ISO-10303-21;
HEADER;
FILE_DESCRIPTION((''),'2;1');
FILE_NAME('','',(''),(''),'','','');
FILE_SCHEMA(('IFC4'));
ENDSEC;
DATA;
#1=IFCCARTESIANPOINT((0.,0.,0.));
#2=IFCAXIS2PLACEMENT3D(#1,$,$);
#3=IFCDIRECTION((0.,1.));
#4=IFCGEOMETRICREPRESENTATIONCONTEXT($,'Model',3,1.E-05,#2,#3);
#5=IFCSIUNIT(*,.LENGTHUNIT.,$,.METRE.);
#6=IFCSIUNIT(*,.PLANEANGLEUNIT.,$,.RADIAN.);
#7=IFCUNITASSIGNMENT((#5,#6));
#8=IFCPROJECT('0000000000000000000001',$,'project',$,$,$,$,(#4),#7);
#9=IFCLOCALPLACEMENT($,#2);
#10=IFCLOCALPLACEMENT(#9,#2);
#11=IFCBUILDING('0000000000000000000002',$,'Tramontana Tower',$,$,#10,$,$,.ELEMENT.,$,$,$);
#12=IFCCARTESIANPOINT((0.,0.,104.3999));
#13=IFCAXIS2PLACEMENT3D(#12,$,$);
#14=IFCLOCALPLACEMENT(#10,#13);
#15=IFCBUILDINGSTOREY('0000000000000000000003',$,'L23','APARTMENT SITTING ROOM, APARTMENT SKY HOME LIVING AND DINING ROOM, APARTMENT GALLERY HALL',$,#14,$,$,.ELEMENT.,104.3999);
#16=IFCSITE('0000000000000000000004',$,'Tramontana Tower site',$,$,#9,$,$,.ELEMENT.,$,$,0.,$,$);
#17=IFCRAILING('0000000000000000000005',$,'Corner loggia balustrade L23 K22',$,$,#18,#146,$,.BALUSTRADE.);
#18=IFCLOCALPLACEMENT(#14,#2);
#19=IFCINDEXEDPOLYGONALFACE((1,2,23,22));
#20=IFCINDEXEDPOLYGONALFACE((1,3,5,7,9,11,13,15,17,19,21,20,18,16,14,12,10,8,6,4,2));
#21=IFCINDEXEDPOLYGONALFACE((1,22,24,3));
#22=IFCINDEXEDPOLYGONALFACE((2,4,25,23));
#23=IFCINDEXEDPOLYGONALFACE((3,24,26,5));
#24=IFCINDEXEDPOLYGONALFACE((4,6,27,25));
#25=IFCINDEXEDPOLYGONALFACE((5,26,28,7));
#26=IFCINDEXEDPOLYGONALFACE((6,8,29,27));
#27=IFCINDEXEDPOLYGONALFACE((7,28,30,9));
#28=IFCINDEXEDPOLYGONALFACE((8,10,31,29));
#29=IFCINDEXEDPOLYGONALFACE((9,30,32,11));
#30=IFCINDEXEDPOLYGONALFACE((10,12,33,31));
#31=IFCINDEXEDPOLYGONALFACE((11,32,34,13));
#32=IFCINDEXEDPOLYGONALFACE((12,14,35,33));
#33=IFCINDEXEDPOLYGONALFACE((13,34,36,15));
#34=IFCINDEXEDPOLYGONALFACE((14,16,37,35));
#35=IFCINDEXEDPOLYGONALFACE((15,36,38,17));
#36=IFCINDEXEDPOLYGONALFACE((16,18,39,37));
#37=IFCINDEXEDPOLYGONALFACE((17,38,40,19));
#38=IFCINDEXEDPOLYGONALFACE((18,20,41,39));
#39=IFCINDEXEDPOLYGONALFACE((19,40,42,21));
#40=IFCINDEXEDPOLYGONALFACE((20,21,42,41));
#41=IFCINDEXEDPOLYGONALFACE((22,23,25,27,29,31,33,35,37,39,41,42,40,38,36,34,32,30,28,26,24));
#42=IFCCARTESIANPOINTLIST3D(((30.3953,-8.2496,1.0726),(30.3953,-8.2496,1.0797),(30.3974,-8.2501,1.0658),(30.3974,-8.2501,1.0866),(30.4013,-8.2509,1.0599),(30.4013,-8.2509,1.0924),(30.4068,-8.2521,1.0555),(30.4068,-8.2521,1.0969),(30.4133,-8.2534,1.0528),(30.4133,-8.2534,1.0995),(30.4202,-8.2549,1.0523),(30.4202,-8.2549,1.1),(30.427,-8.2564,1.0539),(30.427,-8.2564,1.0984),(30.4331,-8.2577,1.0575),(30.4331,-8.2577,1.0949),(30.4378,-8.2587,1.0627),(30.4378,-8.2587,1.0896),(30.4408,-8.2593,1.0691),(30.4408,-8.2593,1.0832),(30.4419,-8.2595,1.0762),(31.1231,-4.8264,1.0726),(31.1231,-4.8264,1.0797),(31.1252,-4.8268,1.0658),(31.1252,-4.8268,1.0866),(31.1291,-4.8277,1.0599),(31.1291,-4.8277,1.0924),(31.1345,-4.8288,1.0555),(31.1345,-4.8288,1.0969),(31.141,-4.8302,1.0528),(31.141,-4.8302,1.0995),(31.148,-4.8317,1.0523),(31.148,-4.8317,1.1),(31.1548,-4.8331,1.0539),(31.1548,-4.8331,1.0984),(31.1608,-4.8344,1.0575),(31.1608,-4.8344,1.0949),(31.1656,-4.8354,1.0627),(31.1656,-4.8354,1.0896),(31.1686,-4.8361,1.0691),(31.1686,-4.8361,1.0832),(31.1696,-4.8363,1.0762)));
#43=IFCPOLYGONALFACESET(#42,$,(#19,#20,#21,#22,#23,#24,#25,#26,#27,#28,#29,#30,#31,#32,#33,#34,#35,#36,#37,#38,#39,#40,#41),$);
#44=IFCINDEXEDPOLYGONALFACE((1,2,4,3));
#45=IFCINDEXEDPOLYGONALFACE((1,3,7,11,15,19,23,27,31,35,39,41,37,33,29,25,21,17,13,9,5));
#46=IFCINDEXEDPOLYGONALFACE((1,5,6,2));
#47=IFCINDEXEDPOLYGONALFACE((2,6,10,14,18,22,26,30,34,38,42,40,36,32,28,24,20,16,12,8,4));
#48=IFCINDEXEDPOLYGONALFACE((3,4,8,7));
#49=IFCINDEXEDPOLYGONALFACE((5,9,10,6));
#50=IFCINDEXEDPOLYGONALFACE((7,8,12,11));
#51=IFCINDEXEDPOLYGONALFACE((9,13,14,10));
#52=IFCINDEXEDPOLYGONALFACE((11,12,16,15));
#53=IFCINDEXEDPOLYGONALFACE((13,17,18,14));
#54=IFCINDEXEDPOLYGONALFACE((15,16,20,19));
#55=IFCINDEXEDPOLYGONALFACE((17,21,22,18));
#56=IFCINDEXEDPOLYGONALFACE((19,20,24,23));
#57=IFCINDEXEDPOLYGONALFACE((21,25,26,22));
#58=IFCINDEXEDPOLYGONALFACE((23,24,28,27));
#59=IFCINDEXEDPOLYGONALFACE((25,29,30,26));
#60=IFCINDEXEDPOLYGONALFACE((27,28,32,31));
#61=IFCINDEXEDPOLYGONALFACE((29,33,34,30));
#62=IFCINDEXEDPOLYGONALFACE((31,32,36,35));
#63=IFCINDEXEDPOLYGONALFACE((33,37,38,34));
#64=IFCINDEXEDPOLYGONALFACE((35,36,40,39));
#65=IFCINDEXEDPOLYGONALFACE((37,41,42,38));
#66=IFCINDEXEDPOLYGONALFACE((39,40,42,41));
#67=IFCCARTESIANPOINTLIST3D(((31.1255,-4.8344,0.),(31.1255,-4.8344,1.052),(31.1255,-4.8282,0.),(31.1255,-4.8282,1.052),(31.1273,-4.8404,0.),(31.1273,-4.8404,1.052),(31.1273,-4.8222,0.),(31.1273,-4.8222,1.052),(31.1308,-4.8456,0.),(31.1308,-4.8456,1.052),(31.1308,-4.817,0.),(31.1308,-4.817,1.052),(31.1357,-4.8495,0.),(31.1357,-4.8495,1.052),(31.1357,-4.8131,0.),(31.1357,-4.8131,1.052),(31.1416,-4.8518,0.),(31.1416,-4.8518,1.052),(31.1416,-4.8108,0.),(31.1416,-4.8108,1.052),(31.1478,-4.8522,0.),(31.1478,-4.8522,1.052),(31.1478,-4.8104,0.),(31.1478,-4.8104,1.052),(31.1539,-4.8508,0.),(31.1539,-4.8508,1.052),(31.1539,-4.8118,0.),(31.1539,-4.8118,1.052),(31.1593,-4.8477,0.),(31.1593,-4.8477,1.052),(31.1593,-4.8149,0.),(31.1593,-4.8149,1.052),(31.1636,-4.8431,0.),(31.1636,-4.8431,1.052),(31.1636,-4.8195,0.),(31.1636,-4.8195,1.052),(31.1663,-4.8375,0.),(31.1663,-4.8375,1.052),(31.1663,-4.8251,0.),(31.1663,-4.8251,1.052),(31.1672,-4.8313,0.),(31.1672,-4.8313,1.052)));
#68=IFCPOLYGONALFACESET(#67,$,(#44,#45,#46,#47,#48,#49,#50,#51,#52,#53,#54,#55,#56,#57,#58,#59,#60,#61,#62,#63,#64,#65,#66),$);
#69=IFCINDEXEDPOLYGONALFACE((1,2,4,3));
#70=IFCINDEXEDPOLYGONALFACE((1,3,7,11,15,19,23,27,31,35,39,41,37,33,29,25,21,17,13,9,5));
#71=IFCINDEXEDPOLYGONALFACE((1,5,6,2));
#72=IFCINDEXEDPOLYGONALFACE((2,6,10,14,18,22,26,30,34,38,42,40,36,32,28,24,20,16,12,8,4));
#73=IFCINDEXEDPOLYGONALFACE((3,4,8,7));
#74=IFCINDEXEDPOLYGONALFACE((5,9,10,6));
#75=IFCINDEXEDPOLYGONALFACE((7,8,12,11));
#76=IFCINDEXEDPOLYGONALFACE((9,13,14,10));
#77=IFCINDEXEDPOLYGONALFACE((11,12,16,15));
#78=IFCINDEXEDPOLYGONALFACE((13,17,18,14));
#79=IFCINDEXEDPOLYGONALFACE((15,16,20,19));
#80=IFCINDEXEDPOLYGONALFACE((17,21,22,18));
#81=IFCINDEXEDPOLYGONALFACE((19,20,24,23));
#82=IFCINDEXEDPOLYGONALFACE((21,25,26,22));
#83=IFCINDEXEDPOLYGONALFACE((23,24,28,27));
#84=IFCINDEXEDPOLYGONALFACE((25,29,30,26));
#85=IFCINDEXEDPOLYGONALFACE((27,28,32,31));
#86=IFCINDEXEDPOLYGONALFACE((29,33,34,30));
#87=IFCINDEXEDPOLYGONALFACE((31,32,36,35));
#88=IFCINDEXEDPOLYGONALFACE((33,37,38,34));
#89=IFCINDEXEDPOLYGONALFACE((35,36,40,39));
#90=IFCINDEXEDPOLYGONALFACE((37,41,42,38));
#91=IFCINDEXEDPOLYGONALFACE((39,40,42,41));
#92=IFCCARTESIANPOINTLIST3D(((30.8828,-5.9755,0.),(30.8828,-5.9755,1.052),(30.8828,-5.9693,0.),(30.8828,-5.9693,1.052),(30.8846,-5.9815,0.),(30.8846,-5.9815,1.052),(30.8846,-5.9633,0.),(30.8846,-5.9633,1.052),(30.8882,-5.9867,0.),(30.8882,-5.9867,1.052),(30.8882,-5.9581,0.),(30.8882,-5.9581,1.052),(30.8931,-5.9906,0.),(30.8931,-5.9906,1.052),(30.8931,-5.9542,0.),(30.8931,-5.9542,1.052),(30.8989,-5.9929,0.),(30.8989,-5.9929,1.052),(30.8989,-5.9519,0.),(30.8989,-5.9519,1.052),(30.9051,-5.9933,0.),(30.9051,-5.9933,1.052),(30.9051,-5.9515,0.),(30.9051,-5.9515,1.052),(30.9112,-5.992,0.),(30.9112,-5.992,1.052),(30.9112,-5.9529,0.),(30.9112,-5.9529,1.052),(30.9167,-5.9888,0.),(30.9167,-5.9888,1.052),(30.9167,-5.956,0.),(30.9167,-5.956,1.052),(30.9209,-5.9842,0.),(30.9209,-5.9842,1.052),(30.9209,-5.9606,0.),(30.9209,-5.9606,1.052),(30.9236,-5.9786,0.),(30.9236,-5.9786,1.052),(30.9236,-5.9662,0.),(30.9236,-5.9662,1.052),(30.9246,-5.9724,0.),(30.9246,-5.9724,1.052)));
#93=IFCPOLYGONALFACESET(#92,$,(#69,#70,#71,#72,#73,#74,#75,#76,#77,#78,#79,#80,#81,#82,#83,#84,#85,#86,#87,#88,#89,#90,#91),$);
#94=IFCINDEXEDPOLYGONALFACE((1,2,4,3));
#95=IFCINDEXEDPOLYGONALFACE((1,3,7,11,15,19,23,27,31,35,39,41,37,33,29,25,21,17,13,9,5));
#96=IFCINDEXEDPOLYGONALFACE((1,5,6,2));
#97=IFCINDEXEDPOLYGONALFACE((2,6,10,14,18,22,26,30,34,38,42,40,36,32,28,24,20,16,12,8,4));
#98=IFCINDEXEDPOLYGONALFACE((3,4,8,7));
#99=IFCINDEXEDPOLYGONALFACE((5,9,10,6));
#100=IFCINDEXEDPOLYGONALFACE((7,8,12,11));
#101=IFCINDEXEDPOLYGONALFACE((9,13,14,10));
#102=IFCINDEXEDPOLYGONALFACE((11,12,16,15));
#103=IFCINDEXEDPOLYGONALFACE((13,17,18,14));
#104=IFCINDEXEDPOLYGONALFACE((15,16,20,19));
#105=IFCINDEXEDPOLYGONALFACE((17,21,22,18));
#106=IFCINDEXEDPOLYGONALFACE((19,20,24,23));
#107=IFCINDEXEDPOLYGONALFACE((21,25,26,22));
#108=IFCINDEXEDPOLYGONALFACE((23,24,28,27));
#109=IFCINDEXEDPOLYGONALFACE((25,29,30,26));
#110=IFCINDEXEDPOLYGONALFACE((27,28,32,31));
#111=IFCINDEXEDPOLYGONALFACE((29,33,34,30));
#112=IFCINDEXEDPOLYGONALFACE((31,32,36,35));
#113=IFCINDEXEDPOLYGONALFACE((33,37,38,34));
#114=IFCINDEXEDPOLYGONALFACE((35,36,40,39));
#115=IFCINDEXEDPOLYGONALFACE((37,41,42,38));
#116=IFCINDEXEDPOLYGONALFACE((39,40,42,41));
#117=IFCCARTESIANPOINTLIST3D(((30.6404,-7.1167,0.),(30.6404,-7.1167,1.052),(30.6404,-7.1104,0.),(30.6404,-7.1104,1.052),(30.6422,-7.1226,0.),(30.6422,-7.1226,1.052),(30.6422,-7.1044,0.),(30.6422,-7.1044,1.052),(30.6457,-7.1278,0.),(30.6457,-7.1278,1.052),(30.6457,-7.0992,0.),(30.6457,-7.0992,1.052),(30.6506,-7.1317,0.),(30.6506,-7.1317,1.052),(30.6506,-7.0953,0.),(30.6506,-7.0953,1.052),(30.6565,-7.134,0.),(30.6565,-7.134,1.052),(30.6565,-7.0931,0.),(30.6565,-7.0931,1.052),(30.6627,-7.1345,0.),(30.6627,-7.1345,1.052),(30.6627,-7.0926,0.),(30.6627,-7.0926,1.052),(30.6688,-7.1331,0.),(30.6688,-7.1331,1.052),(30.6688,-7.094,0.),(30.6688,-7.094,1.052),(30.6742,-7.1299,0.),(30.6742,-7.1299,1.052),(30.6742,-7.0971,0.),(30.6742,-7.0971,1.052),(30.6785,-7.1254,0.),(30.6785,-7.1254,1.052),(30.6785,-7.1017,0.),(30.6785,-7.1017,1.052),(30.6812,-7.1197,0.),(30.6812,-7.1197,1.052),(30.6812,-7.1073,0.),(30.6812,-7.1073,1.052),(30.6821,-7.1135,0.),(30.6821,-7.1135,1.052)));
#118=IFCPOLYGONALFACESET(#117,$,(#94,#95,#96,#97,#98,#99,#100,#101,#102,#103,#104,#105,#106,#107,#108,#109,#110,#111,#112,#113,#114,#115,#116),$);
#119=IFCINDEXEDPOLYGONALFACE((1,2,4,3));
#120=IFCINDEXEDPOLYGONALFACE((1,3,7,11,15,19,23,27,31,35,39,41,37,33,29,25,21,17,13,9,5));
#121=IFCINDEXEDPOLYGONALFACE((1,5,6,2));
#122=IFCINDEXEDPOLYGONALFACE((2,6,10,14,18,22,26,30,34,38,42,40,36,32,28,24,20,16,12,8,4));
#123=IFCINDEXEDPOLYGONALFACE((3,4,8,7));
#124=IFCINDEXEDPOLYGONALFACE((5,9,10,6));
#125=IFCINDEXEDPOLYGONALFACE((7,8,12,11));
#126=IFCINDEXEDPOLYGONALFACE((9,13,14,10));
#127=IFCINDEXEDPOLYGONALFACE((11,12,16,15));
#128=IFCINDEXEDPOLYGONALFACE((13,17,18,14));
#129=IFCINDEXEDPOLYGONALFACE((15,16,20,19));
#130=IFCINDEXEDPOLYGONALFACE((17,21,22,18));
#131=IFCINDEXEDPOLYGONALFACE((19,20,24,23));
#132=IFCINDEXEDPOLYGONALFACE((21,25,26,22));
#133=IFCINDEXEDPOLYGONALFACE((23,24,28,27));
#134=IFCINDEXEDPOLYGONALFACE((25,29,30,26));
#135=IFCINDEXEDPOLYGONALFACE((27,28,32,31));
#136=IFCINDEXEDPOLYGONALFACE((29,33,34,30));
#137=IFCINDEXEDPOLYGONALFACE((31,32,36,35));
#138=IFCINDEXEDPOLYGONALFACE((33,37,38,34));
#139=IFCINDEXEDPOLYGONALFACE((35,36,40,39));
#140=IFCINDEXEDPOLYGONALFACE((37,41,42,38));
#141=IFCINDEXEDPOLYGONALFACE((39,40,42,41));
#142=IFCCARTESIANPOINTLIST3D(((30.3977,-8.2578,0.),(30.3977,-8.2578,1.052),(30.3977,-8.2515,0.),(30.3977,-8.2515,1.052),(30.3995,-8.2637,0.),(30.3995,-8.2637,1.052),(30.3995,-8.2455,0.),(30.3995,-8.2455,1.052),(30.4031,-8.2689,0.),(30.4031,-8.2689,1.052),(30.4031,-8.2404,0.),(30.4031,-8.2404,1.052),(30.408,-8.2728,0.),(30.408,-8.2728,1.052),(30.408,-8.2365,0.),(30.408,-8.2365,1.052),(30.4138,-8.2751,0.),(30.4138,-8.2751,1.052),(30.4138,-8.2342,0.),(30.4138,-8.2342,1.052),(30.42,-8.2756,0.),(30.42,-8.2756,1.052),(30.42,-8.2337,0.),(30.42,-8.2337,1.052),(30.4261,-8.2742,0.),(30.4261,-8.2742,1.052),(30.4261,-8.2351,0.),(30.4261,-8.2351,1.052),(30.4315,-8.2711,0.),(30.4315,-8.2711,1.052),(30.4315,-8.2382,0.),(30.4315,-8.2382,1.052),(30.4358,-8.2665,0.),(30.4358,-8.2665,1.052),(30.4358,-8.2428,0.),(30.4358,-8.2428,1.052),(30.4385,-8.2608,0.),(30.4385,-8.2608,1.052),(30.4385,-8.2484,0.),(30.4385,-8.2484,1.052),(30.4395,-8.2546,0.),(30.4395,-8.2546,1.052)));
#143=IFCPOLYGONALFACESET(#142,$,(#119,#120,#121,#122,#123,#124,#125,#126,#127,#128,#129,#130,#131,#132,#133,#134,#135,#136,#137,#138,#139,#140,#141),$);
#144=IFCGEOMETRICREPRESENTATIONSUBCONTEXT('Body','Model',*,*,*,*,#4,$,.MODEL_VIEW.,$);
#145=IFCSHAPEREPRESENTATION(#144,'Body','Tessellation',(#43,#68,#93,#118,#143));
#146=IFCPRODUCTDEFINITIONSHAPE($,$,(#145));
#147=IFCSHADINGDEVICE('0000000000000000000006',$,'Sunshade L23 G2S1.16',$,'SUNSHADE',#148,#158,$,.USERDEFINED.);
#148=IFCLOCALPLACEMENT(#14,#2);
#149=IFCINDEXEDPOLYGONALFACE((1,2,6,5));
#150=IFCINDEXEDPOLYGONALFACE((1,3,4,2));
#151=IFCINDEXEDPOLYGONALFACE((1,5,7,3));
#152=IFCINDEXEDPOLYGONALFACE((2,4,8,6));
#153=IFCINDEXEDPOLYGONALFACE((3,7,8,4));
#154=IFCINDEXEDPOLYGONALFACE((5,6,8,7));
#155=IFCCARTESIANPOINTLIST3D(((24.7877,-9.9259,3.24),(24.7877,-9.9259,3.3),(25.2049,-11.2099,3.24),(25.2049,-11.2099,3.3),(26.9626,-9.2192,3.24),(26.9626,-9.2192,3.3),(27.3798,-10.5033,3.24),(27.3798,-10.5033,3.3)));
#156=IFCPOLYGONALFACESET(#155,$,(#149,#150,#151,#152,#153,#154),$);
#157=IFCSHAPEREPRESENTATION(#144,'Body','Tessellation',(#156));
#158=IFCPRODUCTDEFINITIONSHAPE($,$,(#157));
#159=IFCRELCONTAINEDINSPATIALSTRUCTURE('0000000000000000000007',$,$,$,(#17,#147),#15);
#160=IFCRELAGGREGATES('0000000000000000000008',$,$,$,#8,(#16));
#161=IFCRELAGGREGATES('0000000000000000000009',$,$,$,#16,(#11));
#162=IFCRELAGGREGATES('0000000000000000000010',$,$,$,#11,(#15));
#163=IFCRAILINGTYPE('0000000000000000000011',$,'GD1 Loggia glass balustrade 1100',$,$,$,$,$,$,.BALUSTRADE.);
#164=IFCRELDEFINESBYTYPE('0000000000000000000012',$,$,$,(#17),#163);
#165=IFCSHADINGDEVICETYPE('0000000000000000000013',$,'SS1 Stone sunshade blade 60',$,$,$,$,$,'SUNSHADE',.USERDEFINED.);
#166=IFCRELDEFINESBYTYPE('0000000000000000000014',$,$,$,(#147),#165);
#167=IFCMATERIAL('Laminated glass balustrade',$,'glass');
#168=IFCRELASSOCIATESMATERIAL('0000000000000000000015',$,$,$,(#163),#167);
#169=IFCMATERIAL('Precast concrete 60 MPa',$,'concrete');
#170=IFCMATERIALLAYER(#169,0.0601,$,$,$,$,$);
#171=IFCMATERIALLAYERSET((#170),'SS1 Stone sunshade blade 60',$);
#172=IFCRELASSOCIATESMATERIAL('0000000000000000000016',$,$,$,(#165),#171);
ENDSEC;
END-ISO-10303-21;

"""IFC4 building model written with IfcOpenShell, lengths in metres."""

from ifc_helpers import new_model, si_unit, direction, frame, origin, origin_2d, place, context, subcontext, project, spatial, rectangle, circle, extrude, material, layer, layer_set, type_object, element, save


model = new_model("IFC4")

# Units and contexts
model_context = context("Model", 3, precision=1e-05, world=origin(), true_north=direction((0.0, 1.0)))
body_context = subcontext(model_context, "Body", "Model", "MODEL_VIEW")
ifc_project = project(units=[si_unit("LENGTHUNIT", "METRE"), si_unit("PLANEANGLEUNIT", "RADIAN")], contexts=[model_context])

# Site, building, storey
site_placement = place(None, origin())
site = spatial("IfcSite", under=ifc_project, at=site_placement, Name="Tramontana Tower site", CompositionType="ELEMENT", RefElevation=0.0)
building_placement = place(site_placement, origin())
building = spatial("IfcBuilding", under=site, at=building_placement, Name="Tramontana Tower", CompositionType="ELEMENT")
storey_placement = place(building_placement, frame((0.0, 0.0, 104.3999)))
storey = spatial("IfcBuildingStorey", under=building, at=storey_placement, Name="L23", Description="APARTMENT SITTING ROOM, APARTMENT SKY HOME LIVING AND DINING ROOM, APARTMENT GALLERY HALL", CompositionType="ELEMENT", Elevation=104.3999)

# Railing
ifc_material_1 = material(Name="Laminated glass balustrade", Category="glass")
railing_type = type_object("IfcRailingType", Name="GD1 Loggia glass balustrade 1100", PredefinedType="BALUSTRADE", material=ifc_material_1)
railing_1_placement = place(storey_placement, frame((31.1462, -4.8313, 0.0)))
element("IfcRailing", 1, at=railing_1_placement, inside=storey, type_object=railing_type, Name="Corner loggia balustrade L23 K22", PredefinedType="BALUSTRADE", context=body_context, shape_type="SweptSolid", body=[
    extrude(circle(Radius=0.0239, at=origin_2d()), frame((0.0, 0.0, 1.0762), z_axis=(-0.207947, -0.97814, 0.0), x_axis=(0.97814, -0.207947, 0.0)), (0.0, 0.0, 1.0), 3.4998),
    extrude(circle(Radius=0.021, at=origin_2d()), origin(), (0.0, 0.0, 1.0), 1.052),
    extrude(circle(Radius=0.021, at=origin_2d()), frame((-0.2427, -1.1411, 0.0)), (0.0, 0.0, 1.0), 1.052),
    extrude(circle(Radius=0.021, at=origin_2d()), frame((-0.4851, -2.2822, 0.0)), (0.0, 0.0, 1.0), 1.052),
    extrude(circle(Radius=0.021, at=origin_2d()), frame((-0.7278, -3.4233, 0.0)), (0.0, 0.0, 1.0), 1.052),
])

# Shading device
ifc_material_2 = material(Name="Precast concrete 60 MPa", Category="concrete")
ifc_layer_1 = layer(ifc_material_2, 0.0601)
ifc_layer_set_1 = layer_set([ifc_layer_1], Name="SS1 Stone sunshade blade 60")
shading_device_type = type_object("IfcShadingDeviceType", Name="SS1 Stone sunshade blade 60", ElementType="SUNSHADE", PredefinedType="USERDEFINED", material=ifc_layer_set_1)
shading_device_placement = place(storey_placement, frame((26.0837, -10.2146, 3.24), z_axis=(0.0, 0.0, 1.0), x_axis=(0.951057, 0.309017, 0.0)))
element("IfcShadingDevice", 2, at=shading_device_placement, inside=storey, type_object=shading_device_type, Name="Sunshade L23 G2S1.16", ObjectType="SUNSHADE", PredefinedType="USERDEFINED", context=body_context, shape_type="SweptSolid", body=[
    extrude(rectangle(XDim=2.2869, YDim=1.3501, at=origin_2d()), origin(), (0.0, 0.0, 1.0), 0.0601),
])

save(model, "model.ifc")
